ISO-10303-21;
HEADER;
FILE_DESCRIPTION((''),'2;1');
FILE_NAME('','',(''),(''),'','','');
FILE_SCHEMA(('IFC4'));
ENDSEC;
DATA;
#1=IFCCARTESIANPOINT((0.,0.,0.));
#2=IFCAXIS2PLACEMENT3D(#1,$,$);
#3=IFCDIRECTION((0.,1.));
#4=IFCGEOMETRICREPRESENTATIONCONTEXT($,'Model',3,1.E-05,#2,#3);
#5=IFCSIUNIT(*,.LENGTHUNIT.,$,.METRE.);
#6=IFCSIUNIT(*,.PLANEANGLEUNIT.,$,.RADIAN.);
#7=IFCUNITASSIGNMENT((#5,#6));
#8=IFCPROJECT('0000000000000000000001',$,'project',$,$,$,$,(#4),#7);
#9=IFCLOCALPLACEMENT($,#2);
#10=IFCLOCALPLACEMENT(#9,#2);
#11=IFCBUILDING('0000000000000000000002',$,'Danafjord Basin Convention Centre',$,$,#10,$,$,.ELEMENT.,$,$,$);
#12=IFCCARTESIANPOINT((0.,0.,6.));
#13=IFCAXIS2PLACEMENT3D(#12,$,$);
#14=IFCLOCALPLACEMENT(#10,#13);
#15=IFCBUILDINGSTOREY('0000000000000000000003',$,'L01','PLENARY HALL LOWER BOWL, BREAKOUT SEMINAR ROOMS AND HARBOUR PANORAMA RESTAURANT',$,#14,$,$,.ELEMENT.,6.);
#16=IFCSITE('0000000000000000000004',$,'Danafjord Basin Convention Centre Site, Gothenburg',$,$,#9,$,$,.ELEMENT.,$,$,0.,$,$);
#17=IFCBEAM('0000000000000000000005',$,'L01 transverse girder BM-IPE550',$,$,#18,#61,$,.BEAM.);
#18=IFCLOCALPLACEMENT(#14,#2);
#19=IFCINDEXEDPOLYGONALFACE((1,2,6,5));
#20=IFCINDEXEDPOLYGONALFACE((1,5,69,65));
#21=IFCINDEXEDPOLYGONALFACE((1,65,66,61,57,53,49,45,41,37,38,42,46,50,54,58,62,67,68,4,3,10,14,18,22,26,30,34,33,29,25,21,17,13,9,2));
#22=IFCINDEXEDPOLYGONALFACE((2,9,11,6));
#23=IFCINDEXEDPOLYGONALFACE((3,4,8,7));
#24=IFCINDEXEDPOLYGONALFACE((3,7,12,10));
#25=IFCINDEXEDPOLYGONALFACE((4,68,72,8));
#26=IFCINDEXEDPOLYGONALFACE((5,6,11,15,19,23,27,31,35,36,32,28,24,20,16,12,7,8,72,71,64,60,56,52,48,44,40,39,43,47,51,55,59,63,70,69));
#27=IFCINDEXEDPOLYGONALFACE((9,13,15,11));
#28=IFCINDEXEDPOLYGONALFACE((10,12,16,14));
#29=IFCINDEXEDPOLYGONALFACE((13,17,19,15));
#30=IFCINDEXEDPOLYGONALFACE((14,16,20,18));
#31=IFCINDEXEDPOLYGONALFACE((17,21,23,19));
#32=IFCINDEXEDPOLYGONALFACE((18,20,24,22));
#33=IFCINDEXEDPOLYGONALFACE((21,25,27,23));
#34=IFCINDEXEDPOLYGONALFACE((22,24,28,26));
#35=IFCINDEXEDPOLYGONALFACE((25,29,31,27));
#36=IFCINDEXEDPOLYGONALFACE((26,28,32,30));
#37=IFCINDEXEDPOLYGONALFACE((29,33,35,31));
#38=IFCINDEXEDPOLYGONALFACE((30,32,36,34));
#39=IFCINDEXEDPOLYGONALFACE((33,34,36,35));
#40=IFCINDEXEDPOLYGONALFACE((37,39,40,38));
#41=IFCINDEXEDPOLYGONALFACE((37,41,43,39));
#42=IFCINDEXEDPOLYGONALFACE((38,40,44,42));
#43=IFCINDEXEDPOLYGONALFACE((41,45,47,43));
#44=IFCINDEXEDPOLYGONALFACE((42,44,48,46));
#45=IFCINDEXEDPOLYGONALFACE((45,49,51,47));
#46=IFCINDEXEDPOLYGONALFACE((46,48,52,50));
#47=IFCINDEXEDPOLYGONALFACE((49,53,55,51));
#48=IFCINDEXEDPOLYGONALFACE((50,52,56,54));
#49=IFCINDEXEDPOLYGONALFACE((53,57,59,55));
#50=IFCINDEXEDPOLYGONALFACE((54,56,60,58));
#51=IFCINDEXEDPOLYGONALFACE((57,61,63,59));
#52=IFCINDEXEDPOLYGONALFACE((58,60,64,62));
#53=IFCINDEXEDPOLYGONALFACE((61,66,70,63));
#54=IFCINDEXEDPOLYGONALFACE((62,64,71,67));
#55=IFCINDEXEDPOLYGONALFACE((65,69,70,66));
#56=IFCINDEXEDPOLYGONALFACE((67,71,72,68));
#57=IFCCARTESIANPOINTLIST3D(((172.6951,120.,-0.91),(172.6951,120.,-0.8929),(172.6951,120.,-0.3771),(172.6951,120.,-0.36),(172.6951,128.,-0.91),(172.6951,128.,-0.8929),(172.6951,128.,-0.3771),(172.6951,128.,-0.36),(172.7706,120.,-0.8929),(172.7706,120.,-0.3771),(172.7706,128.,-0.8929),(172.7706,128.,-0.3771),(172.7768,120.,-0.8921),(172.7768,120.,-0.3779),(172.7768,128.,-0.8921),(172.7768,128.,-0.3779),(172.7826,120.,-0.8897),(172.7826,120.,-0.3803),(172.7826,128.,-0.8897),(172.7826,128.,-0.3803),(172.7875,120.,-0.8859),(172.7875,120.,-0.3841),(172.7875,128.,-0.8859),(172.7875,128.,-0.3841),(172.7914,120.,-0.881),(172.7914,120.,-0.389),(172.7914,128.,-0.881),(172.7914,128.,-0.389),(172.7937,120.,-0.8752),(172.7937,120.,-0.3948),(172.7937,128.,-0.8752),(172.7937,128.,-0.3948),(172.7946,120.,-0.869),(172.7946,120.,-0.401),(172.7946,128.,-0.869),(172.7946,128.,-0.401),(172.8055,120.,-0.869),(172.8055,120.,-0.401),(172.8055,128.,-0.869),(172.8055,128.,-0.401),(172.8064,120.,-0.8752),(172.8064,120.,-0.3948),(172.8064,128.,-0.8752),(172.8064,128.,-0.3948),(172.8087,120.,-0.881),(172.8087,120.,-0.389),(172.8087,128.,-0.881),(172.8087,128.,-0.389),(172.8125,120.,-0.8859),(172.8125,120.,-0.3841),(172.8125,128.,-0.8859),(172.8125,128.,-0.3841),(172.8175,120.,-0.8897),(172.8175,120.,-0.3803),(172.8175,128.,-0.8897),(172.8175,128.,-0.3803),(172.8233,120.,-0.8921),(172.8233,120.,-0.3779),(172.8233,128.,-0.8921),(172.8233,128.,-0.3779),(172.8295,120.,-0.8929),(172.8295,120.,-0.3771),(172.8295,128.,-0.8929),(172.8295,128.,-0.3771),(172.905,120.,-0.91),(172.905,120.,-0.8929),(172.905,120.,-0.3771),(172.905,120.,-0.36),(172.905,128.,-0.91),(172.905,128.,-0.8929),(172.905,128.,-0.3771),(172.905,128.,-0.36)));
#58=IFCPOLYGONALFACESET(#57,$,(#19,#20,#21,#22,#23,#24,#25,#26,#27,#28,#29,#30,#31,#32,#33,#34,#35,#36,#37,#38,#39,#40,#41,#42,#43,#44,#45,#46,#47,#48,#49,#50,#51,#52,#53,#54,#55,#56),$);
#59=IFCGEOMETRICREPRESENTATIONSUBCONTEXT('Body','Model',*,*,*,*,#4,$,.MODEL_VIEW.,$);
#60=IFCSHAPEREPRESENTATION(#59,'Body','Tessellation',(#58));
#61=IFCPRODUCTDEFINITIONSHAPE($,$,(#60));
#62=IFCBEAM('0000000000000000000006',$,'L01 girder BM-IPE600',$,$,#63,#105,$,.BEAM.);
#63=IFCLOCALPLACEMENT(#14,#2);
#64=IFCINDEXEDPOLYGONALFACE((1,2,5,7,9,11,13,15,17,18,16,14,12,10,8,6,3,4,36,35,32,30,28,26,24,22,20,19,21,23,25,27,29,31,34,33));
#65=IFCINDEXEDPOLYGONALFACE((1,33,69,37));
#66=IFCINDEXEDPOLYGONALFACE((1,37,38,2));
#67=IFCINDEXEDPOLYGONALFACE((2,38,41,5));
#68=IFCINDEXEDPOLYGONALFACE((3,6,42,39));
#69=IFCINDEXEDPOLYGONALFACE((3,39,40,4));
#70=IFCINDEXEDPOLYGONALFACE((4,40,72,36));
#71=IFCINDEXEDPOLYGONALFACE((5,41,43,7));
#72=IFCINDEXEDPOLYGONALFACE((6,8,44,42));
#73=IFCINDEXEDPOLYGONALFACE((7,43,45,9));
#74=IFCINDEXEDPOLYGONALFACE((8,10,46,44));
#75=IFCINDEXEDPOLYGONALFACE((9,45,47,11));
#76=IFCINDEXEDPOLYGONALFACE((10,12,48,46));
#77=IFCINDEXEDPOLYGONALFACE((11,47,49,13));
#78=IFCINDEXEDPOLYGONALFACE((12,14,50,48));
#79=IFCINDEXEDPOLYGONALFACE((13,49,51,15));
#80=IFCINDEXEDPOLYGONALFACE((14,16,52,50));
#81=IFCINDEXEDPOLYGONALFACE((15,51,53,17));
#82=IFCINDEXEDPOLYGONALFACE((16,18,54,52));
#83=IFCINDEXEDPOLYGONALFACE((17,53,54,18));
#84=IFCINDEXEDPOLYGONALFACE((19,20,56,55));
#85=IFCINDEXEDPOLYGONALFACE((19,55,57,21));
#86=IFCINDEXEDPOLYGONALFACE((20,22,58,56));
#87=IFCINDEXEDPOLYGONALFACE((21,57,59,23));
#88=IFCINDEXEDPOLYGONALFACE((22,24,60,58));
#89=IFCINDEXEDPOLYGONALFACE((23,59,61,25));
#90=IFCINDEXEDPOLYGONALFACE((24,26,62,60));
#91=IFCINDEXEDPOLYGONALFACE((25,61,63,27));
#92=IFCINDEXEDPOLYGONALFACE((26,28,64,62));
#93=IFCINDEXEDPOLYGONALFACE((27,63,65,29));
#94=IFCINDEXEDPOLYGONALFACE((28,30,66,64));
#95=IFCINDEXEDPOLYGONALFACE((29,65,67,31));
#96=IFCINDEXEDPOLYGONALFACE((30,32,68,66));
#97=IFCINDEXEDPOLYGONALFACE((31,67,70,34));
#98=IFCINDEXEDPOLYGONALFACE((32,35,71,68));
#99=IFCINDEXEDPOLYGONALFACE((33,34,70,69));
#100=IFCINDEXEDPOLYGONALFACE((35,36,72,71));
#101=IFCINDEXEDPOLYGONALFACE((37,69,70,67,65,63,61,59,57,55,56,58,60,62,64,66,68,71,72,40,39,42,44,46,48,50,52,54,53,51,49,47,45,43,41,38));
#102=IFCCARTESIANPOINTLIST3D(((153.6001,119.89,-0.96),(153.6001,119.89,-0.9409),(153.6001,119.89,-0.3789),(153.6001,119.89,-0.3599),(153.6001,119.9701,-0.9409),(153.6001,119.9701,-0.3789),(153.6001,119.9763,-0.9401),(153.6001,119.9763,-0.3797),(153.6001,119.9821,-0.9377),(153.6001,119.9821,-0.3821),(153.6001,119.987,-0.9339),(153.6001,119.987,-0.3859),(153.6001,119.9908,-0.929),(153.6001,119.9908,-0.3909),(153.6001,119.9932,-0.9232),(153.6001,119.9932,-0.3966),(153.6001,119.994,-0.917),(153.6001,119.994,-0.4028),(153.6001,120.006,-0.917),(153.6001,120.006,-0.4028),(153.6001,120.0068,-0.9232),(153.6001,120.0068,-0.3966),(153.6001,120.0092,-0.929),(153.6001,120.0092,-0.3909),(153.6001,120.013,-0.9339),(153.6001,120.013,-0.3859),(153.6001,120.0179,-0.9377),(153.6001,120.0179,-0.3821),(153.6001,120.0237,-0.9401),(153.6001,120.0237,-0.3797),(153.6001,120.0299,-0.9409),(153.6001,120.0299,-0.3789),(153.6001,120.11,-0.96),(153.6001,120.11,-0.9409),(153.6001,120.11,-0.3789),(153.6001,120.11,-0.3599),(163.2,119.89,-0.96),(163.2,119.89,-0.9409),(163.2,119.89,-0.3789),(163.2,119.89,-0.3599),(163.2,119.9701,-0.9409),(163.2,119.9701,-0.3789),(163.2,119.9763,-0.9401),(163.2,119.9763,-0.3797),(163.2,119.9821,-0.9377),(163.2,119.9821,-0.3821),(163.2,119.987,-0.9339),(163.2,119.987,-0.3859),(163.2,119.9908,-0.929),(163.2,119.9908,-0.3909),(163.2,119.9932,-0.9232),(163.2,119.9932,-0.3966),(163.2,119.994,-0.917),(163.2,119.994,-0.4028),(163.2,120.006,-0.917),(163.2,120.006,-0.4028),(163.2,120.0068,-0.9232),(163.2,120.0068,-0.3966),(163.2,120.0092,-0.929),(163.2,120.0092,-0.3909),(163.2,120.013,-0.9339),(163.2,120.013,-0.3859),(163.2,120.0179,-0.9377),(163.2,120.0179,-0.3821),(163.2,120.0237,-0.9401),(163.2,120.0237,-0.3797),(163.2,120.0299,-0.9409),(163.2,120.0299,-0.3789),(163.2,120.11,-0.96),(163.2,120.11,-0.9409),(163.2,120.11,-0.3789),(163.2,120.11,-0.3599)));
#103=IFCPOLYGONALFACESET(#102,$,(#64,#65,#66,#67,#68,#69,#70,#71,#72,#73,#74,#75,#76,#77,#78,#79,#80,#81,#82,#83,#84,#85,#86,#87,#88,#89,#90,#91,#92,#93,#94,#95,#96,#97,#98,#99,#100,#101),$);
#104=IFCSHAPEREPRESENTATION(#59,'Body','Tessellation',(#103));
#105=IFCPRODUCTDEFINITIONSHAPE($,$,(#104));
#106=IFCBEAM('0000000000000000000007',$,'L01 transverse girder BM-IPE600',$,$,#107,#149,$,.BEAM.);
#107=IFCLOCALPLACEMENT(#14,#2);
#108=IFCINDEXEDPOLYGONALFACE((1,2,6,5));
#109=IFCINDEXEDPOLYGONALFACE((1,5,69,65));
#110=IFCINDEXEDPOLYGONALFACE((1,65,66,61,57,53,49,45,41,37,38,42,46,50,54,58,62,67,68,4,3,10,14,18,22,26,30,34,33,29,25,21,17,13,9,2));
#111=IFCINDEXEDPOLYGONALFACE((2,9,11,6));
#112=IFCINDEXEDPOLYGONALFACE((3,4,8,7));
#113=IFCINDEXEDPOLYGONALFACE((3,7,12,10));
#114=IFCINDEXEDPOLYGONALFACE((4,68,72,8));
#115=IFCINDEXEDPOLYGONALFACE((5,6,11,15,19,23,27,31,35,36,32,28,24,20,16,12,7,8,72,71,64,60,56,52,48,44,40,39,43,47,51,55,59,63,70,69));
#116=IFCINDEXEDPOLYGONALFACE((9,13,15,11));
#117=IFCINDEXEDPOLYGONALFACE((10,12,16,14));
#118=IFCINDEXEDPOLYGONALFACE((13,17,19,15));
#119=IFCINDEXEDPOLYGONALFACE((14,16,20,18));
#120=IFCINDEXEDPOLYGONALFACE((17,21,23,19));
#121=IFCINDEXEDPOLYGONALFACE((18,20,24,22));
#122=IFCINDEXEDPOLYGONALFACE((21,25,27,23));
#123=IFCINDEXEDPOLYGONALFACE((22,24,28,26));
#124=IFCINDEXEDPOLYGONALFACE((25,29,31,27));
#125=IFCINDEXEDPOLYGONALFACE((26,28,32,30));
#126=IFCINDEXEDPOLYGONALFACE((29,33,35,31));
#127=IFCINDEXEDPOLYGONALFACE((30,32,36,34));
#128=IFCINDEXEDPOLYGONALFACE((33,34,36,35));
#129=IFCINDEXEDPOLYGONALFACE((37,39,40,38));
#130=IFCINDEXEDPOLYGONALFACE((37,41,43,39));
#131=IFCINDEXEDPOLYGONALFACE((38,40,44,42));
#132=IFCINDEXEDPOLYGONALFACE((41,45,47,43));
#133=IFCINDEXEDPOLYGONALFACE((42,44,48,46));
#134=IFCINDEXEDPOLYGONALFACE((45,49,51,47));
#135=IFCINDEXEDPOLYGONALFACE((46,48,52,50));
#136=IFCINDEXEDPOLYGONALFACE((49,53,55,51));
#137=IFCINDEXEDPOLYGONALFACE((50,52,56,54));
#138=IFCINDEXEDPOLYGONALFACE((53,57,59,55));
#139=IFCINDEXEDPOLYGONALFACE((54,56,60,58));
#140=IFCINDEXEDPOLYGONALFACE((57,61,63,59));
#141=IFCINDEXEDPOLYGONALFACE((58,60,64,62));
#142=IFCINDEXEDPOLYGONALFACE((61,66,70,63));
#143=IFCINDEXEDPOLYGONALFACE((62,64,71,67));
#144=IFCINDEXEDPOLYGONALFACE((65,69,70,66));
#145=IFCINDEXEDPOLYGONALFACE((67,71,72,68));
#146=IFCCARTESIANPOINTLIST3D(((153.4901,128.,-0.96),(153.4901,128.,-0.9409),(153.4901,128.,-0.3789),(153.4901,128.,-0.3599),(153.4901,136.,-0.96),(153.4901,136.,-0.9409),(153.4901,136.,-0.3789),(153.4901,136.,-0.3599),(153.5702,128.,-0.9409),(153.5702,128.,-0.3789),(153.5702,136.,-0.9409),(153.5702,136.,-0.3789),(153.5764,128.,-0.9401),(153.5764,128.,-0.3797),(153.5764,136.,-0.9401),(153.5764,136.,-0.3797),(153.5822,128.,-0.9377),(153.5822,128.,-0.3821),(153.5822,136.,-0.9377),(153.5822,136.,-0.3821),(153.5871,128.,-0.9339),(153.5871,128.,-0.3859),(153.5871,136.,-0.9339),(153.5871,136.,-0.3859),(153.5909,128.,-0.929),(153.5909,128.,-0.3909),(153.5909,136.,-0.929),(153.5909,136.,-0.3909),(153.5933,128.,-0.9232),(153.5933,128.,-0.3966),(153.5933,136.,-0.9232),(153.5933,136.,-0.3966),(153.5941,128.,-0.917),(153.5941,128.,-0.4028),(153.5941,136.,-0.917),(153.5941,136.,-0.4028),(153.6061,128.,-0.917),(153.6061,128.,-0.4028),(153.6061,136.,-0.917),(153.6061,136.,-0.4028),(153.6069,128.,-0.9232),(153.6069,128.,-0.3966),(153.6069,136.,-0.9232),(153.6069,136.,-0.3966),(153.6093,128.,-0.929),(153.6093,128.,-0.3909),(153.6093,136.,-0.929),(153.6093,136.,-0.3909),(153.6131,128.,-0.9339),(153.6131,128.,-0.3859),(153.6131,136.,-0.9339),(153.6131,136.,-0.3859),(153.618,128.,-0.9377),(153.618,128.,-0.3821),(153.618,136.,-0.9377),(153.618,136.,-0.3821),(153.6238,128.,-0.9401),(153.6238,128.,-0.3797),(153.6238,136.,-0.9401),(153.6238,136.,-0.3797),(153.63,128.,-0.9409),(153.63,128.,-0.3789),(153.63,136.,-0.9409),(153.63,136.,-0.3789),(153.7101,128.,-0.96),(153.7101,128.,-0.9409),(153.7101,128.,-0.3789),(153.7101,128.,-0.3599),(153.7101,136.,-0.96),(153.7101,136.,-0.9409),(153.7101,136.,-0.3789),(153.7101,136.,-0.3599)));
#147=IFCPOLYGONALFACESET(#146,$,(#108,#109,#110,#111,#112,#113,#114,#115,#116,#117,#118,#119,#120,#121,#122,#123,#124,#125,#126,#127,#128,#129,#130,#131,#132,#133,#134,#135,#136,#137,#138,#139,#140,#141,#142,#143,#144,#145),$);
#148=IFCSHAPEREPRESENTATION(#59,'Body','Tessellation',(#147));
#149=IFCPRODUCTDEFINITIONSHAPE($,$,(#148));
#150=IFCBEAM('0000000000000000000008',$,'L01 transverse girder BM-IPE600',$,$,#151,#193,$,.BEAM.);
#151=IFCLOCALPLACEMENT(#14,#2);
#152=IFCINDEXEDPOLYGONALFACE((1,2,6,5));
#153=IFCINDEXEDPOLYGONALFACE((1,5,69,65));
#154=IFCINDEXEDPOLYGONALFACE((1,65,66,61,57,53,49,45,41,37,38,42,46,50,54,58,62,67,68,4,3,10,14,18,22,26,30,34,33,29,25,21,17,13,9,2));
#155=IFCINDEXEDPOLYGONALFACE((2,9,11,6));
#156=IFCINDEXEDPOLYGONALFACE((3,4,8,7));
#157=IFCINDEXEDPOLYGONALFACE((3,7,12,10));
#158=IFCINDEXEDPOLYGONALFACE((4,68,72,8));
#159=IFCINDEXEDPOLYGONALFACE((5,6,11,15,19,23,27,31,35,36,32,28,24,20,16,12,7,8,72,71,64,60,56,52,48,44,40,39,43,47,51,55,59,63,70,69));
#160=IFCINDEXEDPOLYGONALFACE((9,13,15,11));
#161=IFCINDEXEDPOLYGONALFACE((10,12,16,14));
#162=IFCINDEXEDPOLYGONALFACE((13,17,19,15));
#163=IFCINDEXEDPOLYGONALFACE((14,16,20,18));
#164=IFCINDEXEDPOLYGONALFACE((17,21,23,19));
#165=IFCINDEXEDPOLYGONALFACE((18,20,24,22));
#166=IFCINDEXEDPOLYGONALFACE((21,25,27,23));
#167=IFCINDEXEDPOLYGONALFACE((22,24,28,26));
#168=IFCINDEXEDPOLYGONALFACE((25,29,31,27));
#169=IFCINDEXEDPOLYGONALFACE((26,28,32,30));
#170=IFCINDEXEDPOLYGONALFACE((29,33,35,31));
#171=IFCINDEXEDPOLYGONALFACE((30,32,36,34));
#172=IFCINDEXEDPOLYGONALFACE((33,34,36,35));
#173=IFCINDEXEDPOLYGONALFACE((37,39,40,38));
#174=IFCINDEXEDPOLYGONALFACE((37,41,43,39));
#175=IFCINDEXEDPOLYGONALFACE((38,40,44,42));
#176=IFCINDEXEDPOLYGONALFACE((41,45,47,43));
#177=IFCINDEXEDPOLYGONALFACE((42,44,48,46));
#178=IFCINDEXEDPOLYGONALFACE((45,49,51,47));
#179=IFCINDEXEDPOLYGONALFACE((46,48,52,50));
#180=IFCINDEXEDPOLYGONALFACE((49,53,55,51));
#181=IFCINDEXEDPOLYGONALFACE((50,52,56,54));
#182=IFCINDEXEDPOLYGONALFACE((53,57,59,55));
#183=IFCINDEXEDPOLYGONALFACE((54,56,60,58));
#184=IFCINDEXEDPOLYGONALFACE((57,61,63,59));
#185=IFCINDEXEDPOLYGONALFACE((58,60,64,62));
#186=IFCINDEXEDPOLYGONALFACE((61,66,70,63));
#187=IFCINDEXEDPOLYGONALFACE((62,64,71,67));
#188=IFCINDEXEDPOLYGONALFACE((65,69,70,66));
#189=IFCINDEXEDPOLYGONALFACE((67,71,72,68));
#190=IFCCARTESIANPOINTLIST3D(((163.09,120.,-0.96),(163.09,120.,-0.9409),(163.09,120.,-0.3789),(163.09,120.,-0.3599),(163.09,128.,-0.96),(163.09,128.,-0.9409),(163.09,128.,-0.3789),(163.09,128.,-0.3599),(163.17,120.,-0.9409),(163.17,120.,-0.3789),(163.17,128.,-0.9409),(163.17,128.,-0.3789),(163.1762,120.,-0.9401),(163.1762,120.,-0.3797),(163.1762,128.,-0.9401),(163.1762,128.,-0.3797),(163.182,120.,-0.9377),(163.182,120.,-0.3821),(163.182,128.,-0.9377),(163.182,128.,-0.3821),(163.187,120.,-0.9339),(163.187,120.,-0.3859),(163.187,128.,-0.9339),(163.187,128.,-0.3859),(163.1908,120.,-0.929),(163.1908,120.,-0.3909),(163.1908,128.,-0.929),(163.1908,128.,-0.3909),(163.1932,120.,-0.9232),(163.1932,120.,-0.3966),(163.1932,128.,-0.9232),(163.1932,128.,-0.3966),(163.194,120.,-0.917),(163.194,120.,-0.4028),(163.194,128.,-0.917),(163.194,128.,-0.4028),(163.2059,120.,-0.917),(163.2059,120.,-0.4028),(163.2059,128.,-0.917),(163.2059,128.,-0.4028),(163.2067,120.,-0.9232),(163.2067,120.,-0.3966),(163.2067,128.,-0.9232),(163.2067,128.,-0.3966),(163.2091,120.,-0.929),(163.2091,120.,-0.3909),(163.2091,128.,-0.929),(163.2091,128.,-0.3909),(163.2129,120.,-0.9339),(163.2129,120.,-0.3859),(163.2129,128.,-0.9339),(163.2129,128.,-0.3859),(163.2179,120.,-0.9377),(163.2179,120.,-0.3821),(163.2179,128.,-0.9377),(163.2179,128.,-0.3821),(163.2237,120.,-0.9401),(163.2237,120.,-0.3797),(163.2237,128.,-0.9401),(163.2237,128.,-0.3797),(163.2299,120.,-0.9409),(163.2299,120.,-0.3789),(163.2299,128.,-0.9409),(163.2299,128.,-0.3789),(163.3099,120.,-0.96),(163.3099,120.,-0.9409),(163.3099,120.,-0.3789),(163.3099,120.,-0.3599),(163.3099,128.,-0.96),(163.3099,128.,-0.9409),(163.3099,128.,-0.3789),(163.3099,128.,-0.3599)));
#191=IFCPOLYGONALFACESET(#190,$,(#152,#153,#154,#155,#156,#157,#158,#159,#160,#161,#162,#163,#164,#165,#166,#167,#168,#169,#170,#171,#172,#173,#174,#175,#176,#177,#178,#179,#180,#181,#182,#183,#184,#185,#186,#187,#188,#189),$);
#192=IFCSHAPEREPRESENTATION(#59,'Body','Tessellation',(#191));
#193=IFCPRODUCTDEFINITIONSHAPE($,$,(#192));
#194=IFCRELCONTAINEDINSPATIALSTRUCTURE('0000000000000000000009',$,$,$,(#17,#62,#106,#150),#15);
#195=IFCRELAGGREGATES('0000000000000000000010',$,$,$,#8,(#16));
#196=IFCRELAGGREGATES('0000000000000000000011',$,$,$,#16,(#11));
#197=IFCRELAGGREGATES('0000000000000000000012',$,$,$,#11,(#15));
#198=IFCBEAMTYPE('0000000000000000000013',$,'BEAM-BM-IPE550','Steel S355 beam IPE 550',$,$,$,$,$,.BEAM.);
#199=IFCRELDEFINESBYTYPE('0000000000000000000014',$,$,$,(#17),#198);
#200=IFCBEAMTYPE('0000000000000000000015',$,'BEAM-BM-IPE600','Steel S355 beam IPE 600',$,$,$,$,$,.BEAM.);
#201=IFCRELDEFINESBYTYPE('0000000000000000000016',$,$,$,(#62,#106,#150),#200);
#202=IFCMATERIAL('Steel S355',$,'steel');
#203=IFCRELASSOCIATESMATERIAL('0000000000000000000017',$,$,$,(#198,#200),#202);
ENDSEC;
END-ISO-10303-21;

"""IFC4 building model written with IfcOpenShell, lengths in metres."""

from ifc_helpers import new_model, si_unit, direction, frame, origin, origin_2d, place, context, subcontext, project, spatial, i_section, extrude, material, material_profile, profile_set, type_object, element, save


model = new_model("IFC4")

# Units and contexts
model_context = context("Model", 3, precision=1e-05, world=origin(), true_north=direction((0.0, 1.0)))
body_context = subcontext(model_context, "Body", "Model", "MODEL_VIEW")
ifc_project = project(units=[si_unit("LENGTHUNIT", "METRE"), si_unit("PLANEANGLEUNIT", "RADIAN")], contexts=[model_context])

# Site, building, storey
site_placement = place(None, origin())
site = spatial("IfcSite", under=ifc_project, at=site_placement, Name="Danafjord Basin Convention Centre Site, Gothenburg", CompositionType="ELEMENT", RefElevation=0.0)
building_placement = place(site_placement, origin())
building = spatial("IfcBuilding", under=site, at=building_placement, Name="Danafjord Basin Convention Centre", CompositionType="ELEMENT")
storey_placement = place(building_placement, frame((0.0, 0.0, 6.0)))
storey = spatial("IfcBuildingStorey", under=building, at=storey_placement, Name="L01", Description="PLENARY HALL LOWER BOWL, BREAKOUT SEMINAR ROOMS AND HARBOUR PANORAMA RESTAURANT", CompositionType="ELEMENT", Elevation=6.0)

# Shared definitions
ifc_material_1 = material(Name="Steel S355", Category="steel")

# Beams
ifc_material_profile_1 = material_profile(ifc_material_1, i_section(OverallWidth=0.21, OverallDepth=0.55, WebThickness=0.011, FlangeThickness=0.0171, FilletRadius=0.0239, at=origin_2d()), Name="IPE 550")
ifc_profile_set_1 = profile_set([ifc_material_profile_1], Name="Steel S355")
beam_type_1 = type_object("IfcBeamType", Name="BEAM-BM-IPE550", Description="Steel S355 beam IPE 550", PredefinedType="BEAM", material=ifc_profile_set_1)
for number, where, z_axis, x_axis, name in (
    (1, (172.8, 120.0, -0.635), (0.0, 1.0, 0.0), (-1.0, 0.0, 0.0), "L01 transverse girder BM-IPE550"),
):
    element("IfcBeam", number, at=place(storey_placement, frame(where, z_axis=z_axis, x_axis=x_axis)), inside=storey, type_object=beam_type_1, Name=name, PredefinedType="BEAM", context=body_context, shape_type="SweptSolid", body=[
        extrude(i_section(OverallWidth=0.21, OverallDepth=0.55, WebThickness=0.011, FlangeThickness=0.0171, FilletRadius=0.0239, at=origin_2d()), origin(), (0.0, 0.0, 1.0), 8.0),
    ])
ifc_material_profile_2 = material_profile(ifc_material_1, i_section(OverallWidth=0.22, OverallDepth=0.6001, WebThickness=0.012, FlangeThickness=0.019, FilletRadius=0.0239, at=origin_2d()), Name="IPE 600")
ifc_profile_set_2 = profile_set([ifc_material_profile_2], Name="Steel S355")
beam_type_2 = type_object("IfcBeamType", Name="BEAM-BM-IPE600", Description="Steel S355 beam IPE 600", PredefinedType="BEAM", material=ifc_profile_set_2)
beam_1_placement = place(storey_placement, frame((153.6001, 120.0, -0.6599), z_axis=(1.0, 0.0, 0.0), x_axis=(0.0, 1.0, 0.0)))
element("IfcBeam", 2, at=beam_1_placement, inside=storey, type_object=beam_type_2, Name="L01 girder BM-IPE600", PredefinedType="BEAM", context=body_context, shape_type="SweptSolid", body=[
    extrude(i_section(OverallWidth=0.22, OverallDepth=0.6001, WebThickness=0.012, FlangeThickness=0.019, FilletRadius=0.0239, at=origin_2d()), origin(), (0.0, 0.0, 1.0), 9.5999),
])
for number, where, z_axis, x_axis, name in (
    (3, (153.6001, 128.0, -0.6599), (0.0, 1.0, 0.0), (-1.0, 0.0, 0.0), "L01 transverse girder BM-IPE600"),
    (4, (163.2, 120.0, -0.6599), (0.0, 1.0, 0.0), (-1.0, 0.0, 0.0), "L01 transverse girder BM-IPE600"),
):
    element("IfcBeam", number, at=place(storey_placement, frame(where, z_axis=z_axis, x_axis=x_axis)), inside=storey, type_object=beam_type_2, Name=name, PredefinedType="BEAM", context=body_context, shape_type="SweptSolid", body=[
        extrude(i_section(OverallWidth=0.22, OverallDepth=0.6001, WebThickness=0.012, FlangeThickness=0.019, FilletRadius=0.0239, at=origin_2d()), origin(), (0.0, 0.0, 1.0), 8.0),
    ])

save(model, "model.ifc")
